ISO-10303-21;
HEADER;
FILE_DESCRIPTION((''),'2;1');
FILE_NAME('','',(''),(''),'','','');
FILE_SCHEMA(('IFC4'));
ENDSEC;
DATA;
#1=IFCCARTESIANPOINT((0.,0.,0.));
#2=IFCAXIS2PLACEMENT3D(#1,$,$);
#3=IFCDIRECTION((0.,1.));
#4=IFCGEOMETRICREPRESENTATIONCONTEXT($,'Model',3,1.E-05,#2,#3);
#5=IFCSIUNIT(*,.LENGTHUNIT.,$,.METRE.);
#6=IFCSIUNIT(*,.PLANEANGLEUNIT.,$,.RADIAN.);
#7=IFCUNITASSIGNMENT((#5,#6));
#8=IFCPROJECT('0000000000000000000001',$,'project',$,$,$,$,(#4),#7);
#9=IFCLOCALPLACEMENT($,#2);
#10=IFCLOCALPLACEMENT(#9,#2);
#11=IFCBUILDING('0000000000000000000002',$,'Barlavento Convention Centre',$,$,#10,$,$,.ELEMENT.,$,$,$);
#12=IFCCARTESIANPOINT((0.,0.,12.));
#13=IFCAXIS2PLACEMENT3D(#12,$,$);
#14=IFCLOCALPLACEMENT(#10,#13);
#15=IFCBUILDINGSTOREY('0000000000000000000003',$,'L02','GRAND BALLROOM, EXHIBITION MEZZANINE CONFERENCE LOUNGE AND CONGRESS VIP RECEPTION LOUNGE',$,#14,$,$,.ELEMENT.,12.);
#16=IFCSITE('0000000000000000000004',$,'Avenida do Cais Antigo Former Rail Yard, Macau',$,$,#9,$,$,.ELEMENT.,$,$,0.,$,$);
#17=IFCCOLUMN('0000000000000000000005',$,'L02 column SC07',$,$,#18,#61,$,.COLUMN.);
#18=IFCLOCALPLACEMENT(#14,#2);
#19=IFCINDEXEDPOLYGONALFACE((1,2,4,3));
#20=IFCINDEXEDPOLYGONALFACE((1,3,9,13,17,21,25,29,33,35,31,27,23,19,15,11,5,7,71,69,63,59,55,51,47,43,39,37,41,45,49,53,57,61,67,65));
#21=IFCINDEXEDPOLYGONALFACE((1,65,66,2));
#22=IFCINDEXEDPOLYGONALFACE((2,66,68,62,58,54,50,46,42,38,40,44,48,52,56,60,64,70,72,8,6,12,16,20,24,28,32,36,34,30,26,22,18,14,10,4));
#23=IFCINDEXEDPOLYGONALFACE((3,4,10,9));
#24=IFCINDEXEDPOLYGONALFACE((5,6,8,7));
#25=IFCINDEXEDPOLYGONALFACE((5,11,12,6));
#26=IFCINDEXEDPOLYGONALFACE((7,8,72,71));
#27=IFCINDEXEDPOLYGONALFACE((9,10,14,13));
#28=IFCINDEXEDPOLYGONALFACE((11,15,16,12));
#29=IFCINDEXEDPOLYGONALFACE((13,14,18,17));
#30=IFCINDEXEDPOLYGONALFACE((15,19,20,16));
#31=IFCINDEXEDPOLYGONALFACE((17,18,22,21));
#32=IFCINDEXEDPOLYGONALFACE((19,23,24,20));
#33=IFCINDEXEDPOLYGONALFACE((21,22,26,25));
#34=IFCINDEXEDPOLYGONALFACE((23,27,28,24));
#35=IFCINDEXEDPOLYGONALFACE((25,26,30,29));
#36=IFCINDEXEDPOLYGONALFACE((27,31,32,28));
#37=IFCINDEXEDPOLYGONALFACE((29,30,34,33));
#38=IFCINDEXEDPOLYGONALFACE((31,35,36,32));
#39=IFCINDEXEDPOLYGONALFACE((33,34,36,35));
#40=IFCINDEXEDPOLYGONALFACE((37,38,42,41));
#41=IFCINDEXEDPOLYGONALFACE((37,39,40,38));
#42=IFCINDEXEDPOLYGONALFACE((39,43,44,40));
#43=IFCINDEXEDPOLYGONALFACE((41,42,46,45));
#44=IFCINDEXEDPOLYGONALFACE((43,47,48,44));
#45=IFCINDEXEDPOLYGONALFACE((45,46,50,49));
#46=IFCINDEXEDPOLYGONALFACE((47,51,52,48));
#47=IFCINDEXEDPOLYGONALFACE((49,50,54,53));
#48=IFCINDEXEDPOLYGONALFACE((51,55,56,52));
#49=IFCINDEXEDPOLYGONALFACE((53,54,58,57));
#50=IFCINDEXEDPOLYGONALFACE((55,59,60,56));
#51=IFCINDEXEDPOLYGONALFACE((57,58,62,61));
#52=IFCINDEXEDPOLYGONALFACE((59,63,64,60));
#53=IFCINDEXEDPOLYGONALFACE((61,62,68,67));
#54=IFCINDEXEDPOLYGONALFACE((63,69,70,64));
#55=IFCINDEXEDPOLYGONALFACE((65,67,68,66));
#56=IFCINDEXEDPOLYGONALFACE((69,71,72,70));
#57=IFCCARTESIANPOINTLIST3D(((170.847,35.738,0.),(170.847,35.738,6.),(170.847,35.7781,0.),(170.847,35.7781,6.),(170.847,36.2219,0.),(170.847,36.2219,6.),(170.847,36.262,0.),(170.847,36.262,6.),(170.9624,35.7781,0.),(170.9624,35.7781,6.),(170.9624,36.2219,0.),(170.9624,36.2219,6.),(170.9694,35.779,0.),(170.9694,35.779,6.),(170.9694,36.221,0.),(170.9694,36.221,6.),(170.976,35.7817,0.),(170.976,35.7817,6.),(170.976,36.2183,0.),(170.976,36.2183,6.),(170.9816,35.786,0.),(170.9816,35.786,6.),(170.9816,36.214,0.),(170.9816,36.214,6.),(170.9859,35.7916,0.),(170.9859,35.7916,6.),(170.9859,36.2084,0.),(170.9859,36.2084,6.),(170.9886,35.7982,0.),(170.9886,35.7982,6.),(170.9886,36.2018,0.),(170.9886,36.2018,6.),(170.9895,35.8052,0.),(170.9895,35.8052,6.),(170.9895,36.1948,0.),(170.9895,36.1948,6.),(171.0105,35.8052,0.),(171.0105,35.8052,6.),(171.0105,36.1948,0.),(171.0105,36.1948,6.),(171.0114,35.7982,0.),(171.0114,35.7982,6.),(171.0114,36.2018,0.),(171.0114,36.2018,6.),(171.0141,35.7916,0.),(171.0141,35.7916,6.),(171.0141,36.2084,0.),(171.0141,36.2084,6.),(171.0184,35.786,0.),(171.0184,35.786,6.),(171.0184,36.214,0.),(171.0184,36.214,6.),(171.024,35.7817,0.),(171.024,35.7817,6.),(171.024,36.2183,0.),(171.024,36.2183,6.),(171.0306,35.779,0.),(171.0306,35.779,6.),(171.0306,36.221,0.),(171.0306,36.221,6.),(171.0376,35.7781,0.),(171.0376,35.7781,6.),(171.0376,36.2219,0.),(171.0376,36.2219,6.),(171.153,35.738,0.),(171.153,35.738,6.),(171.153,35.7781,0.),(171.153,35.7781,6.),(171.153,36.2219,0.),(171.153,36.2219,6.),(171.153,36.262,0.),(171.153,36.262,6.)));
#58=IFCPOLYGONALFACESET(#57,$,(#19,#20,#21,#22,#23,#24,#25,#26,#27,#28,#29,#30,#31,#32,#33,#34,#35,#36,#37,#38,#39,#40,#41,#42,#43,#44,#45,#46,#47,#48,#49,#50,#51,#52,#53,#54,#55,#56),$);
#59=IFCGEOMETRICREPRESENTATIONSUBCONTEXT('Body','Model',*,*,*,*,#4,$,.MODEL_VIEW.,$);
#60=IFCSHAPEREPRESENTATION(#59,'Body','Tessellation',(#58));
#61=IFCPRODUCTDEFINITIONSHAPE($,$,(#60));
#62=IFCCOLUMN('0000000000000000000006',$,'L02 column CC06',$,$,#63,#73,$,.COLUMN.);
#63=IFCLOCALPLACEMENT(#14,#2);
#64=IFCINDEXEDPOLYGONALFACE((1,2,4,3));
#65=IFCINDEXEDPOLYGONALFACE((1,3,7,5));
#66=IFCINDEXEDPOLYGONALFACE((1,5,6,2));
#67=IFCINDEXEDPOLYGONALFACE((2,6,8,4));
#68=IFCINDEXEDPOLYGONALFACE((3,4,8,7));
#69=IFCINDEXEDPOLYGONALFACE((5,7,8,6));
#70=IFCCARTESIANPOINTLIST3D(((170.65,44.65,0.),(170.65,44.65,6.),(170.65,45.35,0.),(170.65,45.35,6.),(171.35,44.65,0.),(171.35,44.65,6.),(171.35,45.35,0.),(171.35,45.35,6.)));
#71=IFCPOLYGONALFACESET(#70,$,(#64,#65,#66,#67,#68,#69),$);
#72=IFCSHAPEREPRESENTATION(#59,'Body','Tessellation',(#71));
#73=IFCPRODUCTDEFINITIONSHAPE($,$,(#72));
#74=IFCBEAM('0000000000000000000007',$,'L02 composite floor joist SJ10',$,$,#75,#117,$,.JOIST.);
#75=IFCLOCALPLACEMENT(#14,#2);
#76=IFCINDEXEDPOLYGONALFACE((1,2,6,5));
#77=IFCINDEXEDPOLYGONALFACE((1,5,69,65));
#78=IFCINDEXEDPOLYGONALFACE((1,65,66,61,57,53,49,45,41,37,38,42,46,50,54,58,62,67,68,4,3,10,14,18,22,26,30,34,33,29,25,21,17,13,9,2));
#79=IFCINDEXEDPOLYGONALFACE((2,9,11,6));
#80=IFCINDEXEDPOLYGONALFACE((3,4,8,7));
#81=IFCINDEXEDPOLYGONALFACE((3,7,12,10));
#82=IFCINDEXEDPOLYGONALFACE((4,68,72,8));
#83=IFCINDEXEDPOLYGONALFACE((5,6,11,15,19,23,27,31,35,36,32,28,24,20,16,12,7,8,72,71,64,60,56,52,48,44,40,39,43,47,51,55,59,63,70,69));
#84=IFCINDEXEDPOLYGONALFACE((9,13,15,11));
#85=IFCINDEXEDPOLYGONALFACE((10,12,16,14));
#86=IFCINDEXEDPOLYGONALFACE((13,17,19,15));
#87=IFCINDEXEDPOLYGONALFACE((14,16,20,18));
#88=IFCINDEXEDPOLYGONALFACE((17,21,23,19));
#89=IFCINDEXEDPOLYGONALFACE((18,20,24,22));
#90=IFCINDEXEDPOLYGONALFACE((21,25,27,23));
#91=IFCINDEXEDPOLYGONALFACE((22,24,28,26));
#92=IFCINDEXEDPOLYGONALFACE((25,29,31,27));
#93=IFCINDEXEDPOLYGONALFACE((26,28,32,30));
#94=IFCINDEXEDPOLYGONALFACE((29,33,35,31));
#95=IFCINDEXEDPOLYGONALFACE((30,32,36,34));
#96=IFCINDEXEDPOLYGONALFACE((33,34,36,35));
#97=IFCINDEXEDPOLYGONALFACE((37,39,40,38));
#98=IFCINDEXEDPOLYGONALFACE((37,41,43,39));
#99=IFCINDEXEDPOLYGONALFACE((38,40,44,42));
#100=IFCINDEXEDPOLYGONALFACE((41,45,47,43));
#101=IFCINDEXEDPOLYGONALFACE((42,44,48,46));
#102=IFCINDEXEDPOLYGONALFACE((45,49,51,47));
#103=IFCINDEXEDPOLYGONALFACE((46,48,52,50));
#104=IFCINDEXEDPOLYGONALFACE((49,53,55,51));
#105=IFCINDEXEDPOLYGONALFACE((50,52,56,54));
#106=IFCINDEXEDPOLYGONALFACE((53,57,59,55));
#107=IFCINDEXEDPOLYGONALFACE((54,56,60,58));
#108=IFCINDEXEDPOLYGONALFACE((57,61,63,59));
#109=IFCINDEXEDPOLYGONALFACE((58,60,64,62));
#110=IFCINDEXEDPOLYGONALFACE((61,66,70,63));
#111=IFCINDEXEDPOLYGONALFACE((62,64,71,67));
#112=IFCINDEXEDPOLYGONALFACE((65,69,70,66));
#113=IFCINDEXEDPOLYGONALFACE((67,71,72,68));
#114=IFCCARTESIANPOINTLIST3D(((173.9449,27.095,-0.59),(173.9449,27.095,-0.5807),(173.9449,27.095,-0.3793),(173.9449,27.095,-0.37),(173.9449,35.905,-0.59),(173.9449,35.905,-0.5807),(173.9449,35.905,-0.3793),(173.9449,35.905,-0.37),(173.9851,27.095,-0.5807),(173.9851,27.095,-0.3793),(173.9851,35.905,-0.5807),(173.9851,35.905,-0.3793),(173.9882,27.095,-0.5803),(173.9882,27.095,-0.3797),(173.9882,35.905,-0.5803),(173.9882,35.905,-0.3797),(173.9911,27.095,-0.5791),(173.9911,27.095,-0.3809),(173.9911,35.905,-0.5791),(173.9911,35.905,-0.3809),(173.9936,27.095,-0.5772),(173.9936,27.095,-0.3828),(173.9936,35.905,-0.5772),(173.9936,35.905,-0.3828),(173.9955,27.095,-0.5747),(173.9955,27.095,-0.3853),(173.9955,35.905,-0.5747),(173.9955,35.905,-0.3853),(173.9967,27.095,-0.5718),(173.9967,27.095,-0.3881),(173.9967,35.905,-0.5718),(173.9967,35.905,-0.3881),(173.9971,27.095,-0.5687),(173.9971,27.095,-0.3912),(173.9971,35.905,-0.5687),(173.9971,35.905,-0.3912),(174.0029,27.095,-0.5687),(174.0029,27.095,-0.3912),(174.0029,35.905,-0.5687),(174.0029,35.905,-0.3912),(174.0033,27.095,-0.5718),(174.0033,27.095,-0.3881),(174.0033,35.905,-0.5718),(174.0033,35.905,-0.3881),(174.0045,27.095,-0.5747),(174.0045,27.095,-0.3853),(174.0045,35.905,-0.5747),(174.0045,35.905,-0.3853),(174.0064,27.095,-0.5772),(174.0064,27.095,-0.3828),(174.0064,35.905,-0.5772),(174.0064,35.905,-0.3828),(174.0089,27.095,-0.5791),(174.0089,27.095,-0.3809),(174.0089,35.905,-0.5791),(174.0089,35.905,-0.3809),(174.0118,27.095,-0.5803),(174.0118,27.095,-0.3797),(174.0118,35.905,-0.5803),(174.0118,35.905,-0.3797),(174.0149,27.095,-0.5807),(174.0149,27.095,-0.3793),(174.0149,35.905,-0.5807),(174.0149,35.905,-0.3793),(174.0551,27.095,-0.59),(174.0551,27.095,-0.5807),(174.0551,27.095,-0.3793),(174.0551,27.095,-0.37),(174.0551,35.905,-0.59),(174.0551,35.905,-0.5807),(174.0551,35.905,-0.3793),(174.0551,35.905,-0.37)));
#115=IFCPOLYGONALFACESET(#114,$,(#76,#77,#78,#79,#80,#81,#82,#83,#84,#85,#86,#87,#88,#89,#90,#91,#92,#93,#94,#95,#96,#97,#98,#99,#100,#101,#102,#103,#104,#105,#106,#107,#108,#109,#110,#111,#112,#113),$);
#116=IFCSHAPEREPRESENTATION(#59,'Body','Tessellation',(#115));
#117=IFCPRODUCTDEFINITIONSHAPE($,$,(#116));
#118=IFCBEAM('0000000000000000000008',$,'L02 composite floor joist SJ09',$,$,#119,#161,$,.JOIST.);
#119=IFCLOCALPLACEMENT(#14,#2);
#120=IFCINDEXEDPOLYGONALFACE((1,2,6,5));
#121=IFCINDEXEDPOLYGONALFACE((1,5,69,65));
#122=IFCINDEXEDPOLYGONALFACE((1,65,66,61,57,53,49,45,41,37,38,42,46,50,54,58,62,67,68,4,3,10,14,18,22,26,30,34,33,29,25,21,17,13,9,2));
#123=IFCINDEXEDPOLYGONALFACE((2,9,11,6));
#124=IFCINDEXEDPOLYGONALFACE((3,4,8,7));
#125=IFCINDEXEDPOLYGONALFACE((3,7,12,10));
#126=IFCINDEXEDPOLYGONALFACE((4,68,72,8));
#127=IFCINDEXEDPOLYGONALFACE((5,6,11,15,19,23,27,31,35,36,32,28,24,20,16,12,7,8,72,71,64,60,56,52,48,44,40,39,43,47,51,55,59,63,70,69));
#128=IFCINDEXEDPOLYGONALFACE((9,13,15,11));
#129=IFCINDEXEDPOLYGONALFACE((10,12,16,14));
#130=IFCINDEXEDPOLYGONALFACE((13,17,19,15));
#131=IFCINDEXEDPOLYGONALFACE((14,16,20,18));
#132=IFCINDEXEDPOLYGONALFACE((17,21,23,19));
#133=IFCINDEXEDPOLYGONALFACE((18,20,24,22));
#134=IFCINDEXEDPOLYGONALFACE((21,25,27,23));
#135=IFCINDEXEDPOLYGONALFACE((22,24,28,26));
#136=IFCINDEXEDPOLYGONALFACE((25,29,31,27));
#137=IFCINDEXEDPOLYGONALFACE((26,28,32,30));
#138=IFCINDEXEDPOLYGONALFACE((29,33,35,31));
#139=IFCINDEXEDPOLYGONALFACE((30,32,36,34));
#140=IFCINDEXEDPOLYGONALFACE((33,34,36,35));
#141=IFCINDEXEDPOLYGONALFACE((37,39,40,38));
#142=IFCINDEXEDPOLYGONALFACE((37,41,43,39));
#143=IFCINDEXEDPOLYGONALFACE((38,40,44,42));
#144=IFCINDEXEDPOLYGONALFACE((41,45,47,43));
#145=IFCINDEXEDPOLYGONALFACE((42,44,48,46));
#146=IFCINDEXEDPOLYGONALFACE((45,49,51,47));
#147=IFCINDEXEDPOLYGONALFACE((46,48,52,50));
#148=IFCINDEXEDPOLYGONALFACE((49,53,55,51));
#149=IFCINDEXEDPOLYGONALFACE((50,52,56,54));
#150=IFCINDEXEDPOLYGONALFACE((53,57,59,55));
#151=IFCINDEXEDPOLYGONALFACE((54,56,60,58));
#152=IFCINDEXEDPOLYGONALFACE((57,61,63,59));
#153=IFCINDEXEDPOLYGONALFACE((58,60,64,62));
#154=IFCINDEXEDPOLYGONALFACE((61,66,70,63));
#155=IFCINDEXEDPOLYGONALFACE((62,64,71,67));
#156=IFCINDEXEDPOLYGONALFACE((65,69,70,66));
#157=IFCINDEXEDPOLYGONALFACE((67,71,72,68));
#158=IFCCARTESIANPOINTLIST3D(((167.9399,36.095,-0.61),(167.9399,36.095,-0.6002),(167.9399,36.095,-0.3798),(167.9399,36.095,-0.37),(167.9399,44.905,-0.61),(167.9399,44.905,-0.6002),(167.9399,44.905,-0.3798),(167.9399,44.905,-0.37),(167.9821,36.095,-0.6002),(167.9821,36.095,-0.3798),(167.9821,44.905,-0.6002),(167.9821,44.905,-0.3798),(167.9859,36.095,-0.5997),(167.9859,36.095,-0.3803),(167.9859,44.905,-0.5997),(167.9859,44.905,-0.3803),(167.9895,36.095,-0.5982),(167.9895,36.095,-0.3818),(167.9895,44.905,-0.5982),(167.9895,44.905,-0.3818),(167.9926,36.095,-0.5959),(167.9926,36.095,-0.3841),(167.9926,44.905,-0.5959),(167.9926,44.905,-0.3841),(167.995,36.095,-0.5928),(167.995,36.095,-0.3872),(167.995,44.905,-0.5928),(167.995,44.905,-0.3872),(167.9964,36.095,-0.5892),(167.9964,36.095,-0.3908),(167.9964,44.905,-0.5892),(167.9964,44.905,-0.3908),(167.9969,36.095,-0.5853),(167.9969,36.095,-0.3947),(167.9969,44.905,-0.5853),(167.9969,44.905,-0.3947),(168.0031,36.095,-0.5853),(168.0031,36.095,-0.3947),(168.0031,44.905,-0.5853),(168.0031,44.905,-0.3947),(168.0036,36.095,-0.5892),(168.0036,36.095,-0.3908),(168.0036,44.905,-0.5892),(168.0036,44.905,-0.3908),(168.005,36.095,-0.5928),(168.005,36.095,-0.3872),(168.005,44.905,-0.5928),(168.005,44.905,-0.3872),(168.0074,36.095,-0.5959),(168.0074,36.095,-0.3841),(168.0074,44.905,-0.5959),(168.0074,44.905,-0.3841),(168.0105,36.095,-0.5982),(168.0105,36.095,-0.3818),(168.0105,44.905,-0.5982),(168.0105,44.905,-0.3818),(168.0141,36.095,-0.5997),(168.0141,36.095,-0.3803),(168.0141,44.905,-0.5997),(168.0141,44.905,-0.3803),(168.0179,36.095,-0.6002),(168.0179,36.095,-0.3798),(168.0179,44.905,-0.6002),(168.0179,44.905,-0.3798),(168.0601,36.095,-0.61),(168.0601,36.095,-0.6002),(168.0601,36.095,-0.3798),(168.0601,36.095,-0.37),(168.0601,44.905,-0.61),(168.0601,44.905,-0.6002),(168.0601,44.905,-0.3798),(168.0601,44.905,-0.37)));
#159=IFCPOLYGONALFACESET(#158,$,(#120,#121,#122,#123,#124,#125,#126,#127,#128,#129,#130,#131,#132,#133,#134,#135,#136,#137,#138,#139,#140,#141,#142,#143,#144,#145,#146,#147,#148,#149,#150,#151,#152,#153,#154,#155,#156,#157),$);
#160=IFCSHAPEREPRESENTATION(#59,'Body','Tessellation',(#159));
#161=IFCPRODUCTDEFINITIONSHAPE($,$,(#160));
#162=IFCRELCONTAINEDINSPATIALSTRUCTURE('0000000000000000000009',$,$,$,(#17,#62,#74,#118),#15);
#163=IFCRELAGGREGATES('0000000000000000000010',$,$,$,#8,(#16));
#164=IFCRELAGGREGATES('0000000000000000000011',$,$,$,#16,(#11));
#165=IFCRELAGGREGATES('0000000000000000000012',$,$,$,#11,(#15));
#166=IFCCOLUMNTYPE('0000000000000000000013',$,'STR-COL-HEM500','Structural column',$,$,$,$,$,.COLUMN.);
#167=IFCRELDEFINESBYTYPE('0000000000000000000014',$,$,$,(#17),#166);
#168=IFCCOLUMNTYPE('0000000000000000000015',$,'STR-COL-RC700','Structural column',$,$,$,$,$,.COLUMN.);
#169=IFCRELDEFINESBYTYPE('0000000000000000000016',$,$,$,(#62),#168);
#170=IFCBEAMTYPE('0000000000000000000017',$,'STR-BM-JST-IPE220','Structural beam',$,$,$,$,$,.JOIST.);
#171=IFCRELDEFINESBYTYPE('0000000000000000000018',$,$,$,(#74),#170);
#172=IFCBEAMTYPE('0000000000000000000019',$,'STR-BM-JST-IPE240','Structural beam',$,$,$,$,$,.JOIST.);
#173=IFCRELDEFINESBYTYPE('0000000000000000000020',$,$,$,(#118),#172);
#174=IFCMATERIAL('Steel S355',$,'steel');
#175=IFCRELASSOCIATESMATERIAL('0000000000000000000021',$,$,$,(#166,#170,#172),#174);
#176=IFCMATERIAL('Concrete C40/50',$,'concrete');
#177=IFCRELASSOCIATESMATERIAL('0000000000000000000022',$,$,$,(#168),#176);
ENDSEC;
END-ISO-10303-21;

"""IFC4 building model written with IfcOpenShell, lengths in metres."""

from ifc_helpers import new_model, si_unit, direction, frame, origin, origin_2d, place, context, subcontext, project, spatial, rectangle, i_section, extrude, material, material_profile, profile_set, type_object, element, save


model = new_model("IFC4")

# Units and contexts
model_context = context("Model", 3, precision=1e-05, world=origin(), true_north=direction((0.0, 1.0)))
body_context = subcontext(model_context, "Body", "Model", "MODEL_VIEW")
ifc_project = project(units=[si_unit("LENGTHUNIT", "METRE"), si_unit("PLANEANGLEUNIT", "RADIAN")], contexts=[model_context])

# Site, building, storey
site_placement = place(None, origin())
site = spatial("IfcSite", under=ifc_project, at=site_placement, Name="Avenida do Cais Antigo Former Rail Yard, Macau", CompositionType="ELEMENT", RefElevation=0.0)
building_placement = place(site_placement, origin())
building = spatial("IfcBuilding", under=site, at=building_placement, Name="Barlavento Convention Centre", CompositionType="ELEMENT")
storey_placement = place(building_placement, frame((0.0, 0.0, 12.0)))
storey = spatial("IfcBuildingStorey", under=building, at=storey_placement, Name="L02", Description="GRAND BALLROOM, EXHIBITION MEZZANINE CONFERENCE LOUNGE AND CONGRESS VIP RECEPTION LOUNGE", CompositionType="ELEMENT", Elevation=12.0)

# Columns
ifc_material_1 = material(Name="Steel S355", Category="steel")
ifc_material_profile_1 = material_profile(ifc_material_1, i_section(OverallWidth=0.3059, OverallDepth=0.5239, WebThickness=0.021, FlangeThickness=0.04, FilletRadius=0.0271, at=origin_2d()), Name="HEM 500")
ifc_profile_set_1 = profile_set([ifc_material_profile_1], Name="Steel S355")
column_type_1 = type_object("IfcColumnType", Name="STR-COL-HEM500", Description="Structural column", PredefinedType="COLUMN", material=ifc_profile_set_1)
column_1_placement = place(storey_placement, frame((171.0, 36.0, 0.0), z_axis=(0.0, 0.0, 1.0), x_axis=(1.0, 0.0, 0.0)))
element("IfcColumn", 1, at=column_1_placement, inside=storey, type_object=column_type_1, Name="L02 column SC07", PredefinedType="COLUMN", context=body_context, shape_type="SweptSolid", body=[
    extrude(i_section(OverallWidth=0.3059, OverallDepth=0.5239, WebThickness=0.021, FlangeThickness=0.04, FilletRadius=0.0271, at=origin_2d()), origin(), (0.0, 0.0, 1.0), 6.0),
])
ifc_material_2 = material(Name="Concrete C40/50", Category="concrete")
ifc_material_profile_2 = material_profile(ifc_material_2, rectangle(XDim=0.7, YDim=0.7, at=origin_2d()), Name="RC 700x700")
ifc_profile_set_2 = profile_set([ifc_material_profile_2], Name="Concrete C40/50")
column_type_2 = type_object("IfcColumnType", Name="STR-COL-RC700", Description="Structural column", PredefinedType="COLUMN", material=ifc_profile_set_2)
column_2_placement = place(storey_placement, frame((171.0, 45.0, 0.0), z_axis=(0.0, 0.0, 1.0), x_axis=(1.0, 0.0, 0.0)))
element("IfcColumn", 2, at=column_2_placement, inside=storey, type_object=column_type_2, Name="L02 column CC06", PredefinedType="COLUMN", context=body_context, shape_type="SweptSolid", body=[
    extrude(rectangle(XDim=0.7, YDim=0.7, at=origin_2d()), origin(), (0.0, 0.0, 1.0), 6.0),
])

# Beams
ifc_material_profile_3 = material_profile(ifc_material_1, i_section(OverallWidth=0.1101, OverallDepth=0.22, WebThickness=0.0059, FlangeThickness=0.0093, FilletRadius=0.012, at=origin_2d()), Name="IPE 220")
ifc_profile_set_3 = profile_set([ifc_material_profile_3], Name="Steel S355")
beam_type_1 = type_object("IfcBeamType", Name="STR-BM-JST-IPE220", Description="Structural beam", PredefinedType="JOIST", material=ifc_profile_set_3)
beam_1_placement = place(storey_placement, frame((174.0, 27.095, -0.48), z_axis=(0.0, 1.0, 0.0), x_axis=(-1.0, 0.0, 0.0)))
element("IfcBeam", 3, at=beam_1_placement, inside=storey, type_object=beam_type_1, Name="L02 composite floor joist SJ10", PredefinedType="JOIST", context=body_context, shape_type="SweptSolid", body=[
    extrude(i_section(OverallWidth=0.1101, OverallDepth=0.22, WebThickness=0.0059, FlangeThickness=0.0093, FilletRadius=0.012, at=origin_2d()), origin(), (0.0, 0.0, 1.0), 8.8101),
])
ifc_material_profile_4 = material_profile(ifc_material_1, i_section(OverallWidth=0.1201, OverallDepth=0.24, WebThickness=0.0061, FlangeThickness=0.0098, FilletRadius=0.0149, at=origin_2d()), Name="IPE 240")
ifc_profile_set_4 = profile_set([ifc_material_profile_4], Name="Steel S355")
beam_type_2 = type_object("IfcBeamType", Name="STR-BM-JST-IPE240", Description="Structural beam", PredefinedType="JOIST", material=ifc_profile_set_4)
for number, where, z_axis, x_axis, name in (
    (4, (168.0, 36.095, -0.49), (0.0, 1.0, 0.0), (-1.0, 0.0, 0.0), "L02 composite floor joist SJ09"),
):
    element("IfcBeam", number, at=place(storey_placement, frame(where, z_axis=z_axis, x_axis=x_axis)), inside=storey, type_object=beam_type_2, Name=name, PredefinedType="JOIST", context=body_context, shape_type="SweptSolid", body=[
        extrude(i_section(OverallWidth=0.1201, OverallDepth=0.24, WebThickness=0.0061, FlangeThickness=0.0098, FilletRadius=0.0149, at=origin_2d()), origin(), (0.0, 0.0, 1.0), 8.8101),
    ])

save(model, "model.ifc")
